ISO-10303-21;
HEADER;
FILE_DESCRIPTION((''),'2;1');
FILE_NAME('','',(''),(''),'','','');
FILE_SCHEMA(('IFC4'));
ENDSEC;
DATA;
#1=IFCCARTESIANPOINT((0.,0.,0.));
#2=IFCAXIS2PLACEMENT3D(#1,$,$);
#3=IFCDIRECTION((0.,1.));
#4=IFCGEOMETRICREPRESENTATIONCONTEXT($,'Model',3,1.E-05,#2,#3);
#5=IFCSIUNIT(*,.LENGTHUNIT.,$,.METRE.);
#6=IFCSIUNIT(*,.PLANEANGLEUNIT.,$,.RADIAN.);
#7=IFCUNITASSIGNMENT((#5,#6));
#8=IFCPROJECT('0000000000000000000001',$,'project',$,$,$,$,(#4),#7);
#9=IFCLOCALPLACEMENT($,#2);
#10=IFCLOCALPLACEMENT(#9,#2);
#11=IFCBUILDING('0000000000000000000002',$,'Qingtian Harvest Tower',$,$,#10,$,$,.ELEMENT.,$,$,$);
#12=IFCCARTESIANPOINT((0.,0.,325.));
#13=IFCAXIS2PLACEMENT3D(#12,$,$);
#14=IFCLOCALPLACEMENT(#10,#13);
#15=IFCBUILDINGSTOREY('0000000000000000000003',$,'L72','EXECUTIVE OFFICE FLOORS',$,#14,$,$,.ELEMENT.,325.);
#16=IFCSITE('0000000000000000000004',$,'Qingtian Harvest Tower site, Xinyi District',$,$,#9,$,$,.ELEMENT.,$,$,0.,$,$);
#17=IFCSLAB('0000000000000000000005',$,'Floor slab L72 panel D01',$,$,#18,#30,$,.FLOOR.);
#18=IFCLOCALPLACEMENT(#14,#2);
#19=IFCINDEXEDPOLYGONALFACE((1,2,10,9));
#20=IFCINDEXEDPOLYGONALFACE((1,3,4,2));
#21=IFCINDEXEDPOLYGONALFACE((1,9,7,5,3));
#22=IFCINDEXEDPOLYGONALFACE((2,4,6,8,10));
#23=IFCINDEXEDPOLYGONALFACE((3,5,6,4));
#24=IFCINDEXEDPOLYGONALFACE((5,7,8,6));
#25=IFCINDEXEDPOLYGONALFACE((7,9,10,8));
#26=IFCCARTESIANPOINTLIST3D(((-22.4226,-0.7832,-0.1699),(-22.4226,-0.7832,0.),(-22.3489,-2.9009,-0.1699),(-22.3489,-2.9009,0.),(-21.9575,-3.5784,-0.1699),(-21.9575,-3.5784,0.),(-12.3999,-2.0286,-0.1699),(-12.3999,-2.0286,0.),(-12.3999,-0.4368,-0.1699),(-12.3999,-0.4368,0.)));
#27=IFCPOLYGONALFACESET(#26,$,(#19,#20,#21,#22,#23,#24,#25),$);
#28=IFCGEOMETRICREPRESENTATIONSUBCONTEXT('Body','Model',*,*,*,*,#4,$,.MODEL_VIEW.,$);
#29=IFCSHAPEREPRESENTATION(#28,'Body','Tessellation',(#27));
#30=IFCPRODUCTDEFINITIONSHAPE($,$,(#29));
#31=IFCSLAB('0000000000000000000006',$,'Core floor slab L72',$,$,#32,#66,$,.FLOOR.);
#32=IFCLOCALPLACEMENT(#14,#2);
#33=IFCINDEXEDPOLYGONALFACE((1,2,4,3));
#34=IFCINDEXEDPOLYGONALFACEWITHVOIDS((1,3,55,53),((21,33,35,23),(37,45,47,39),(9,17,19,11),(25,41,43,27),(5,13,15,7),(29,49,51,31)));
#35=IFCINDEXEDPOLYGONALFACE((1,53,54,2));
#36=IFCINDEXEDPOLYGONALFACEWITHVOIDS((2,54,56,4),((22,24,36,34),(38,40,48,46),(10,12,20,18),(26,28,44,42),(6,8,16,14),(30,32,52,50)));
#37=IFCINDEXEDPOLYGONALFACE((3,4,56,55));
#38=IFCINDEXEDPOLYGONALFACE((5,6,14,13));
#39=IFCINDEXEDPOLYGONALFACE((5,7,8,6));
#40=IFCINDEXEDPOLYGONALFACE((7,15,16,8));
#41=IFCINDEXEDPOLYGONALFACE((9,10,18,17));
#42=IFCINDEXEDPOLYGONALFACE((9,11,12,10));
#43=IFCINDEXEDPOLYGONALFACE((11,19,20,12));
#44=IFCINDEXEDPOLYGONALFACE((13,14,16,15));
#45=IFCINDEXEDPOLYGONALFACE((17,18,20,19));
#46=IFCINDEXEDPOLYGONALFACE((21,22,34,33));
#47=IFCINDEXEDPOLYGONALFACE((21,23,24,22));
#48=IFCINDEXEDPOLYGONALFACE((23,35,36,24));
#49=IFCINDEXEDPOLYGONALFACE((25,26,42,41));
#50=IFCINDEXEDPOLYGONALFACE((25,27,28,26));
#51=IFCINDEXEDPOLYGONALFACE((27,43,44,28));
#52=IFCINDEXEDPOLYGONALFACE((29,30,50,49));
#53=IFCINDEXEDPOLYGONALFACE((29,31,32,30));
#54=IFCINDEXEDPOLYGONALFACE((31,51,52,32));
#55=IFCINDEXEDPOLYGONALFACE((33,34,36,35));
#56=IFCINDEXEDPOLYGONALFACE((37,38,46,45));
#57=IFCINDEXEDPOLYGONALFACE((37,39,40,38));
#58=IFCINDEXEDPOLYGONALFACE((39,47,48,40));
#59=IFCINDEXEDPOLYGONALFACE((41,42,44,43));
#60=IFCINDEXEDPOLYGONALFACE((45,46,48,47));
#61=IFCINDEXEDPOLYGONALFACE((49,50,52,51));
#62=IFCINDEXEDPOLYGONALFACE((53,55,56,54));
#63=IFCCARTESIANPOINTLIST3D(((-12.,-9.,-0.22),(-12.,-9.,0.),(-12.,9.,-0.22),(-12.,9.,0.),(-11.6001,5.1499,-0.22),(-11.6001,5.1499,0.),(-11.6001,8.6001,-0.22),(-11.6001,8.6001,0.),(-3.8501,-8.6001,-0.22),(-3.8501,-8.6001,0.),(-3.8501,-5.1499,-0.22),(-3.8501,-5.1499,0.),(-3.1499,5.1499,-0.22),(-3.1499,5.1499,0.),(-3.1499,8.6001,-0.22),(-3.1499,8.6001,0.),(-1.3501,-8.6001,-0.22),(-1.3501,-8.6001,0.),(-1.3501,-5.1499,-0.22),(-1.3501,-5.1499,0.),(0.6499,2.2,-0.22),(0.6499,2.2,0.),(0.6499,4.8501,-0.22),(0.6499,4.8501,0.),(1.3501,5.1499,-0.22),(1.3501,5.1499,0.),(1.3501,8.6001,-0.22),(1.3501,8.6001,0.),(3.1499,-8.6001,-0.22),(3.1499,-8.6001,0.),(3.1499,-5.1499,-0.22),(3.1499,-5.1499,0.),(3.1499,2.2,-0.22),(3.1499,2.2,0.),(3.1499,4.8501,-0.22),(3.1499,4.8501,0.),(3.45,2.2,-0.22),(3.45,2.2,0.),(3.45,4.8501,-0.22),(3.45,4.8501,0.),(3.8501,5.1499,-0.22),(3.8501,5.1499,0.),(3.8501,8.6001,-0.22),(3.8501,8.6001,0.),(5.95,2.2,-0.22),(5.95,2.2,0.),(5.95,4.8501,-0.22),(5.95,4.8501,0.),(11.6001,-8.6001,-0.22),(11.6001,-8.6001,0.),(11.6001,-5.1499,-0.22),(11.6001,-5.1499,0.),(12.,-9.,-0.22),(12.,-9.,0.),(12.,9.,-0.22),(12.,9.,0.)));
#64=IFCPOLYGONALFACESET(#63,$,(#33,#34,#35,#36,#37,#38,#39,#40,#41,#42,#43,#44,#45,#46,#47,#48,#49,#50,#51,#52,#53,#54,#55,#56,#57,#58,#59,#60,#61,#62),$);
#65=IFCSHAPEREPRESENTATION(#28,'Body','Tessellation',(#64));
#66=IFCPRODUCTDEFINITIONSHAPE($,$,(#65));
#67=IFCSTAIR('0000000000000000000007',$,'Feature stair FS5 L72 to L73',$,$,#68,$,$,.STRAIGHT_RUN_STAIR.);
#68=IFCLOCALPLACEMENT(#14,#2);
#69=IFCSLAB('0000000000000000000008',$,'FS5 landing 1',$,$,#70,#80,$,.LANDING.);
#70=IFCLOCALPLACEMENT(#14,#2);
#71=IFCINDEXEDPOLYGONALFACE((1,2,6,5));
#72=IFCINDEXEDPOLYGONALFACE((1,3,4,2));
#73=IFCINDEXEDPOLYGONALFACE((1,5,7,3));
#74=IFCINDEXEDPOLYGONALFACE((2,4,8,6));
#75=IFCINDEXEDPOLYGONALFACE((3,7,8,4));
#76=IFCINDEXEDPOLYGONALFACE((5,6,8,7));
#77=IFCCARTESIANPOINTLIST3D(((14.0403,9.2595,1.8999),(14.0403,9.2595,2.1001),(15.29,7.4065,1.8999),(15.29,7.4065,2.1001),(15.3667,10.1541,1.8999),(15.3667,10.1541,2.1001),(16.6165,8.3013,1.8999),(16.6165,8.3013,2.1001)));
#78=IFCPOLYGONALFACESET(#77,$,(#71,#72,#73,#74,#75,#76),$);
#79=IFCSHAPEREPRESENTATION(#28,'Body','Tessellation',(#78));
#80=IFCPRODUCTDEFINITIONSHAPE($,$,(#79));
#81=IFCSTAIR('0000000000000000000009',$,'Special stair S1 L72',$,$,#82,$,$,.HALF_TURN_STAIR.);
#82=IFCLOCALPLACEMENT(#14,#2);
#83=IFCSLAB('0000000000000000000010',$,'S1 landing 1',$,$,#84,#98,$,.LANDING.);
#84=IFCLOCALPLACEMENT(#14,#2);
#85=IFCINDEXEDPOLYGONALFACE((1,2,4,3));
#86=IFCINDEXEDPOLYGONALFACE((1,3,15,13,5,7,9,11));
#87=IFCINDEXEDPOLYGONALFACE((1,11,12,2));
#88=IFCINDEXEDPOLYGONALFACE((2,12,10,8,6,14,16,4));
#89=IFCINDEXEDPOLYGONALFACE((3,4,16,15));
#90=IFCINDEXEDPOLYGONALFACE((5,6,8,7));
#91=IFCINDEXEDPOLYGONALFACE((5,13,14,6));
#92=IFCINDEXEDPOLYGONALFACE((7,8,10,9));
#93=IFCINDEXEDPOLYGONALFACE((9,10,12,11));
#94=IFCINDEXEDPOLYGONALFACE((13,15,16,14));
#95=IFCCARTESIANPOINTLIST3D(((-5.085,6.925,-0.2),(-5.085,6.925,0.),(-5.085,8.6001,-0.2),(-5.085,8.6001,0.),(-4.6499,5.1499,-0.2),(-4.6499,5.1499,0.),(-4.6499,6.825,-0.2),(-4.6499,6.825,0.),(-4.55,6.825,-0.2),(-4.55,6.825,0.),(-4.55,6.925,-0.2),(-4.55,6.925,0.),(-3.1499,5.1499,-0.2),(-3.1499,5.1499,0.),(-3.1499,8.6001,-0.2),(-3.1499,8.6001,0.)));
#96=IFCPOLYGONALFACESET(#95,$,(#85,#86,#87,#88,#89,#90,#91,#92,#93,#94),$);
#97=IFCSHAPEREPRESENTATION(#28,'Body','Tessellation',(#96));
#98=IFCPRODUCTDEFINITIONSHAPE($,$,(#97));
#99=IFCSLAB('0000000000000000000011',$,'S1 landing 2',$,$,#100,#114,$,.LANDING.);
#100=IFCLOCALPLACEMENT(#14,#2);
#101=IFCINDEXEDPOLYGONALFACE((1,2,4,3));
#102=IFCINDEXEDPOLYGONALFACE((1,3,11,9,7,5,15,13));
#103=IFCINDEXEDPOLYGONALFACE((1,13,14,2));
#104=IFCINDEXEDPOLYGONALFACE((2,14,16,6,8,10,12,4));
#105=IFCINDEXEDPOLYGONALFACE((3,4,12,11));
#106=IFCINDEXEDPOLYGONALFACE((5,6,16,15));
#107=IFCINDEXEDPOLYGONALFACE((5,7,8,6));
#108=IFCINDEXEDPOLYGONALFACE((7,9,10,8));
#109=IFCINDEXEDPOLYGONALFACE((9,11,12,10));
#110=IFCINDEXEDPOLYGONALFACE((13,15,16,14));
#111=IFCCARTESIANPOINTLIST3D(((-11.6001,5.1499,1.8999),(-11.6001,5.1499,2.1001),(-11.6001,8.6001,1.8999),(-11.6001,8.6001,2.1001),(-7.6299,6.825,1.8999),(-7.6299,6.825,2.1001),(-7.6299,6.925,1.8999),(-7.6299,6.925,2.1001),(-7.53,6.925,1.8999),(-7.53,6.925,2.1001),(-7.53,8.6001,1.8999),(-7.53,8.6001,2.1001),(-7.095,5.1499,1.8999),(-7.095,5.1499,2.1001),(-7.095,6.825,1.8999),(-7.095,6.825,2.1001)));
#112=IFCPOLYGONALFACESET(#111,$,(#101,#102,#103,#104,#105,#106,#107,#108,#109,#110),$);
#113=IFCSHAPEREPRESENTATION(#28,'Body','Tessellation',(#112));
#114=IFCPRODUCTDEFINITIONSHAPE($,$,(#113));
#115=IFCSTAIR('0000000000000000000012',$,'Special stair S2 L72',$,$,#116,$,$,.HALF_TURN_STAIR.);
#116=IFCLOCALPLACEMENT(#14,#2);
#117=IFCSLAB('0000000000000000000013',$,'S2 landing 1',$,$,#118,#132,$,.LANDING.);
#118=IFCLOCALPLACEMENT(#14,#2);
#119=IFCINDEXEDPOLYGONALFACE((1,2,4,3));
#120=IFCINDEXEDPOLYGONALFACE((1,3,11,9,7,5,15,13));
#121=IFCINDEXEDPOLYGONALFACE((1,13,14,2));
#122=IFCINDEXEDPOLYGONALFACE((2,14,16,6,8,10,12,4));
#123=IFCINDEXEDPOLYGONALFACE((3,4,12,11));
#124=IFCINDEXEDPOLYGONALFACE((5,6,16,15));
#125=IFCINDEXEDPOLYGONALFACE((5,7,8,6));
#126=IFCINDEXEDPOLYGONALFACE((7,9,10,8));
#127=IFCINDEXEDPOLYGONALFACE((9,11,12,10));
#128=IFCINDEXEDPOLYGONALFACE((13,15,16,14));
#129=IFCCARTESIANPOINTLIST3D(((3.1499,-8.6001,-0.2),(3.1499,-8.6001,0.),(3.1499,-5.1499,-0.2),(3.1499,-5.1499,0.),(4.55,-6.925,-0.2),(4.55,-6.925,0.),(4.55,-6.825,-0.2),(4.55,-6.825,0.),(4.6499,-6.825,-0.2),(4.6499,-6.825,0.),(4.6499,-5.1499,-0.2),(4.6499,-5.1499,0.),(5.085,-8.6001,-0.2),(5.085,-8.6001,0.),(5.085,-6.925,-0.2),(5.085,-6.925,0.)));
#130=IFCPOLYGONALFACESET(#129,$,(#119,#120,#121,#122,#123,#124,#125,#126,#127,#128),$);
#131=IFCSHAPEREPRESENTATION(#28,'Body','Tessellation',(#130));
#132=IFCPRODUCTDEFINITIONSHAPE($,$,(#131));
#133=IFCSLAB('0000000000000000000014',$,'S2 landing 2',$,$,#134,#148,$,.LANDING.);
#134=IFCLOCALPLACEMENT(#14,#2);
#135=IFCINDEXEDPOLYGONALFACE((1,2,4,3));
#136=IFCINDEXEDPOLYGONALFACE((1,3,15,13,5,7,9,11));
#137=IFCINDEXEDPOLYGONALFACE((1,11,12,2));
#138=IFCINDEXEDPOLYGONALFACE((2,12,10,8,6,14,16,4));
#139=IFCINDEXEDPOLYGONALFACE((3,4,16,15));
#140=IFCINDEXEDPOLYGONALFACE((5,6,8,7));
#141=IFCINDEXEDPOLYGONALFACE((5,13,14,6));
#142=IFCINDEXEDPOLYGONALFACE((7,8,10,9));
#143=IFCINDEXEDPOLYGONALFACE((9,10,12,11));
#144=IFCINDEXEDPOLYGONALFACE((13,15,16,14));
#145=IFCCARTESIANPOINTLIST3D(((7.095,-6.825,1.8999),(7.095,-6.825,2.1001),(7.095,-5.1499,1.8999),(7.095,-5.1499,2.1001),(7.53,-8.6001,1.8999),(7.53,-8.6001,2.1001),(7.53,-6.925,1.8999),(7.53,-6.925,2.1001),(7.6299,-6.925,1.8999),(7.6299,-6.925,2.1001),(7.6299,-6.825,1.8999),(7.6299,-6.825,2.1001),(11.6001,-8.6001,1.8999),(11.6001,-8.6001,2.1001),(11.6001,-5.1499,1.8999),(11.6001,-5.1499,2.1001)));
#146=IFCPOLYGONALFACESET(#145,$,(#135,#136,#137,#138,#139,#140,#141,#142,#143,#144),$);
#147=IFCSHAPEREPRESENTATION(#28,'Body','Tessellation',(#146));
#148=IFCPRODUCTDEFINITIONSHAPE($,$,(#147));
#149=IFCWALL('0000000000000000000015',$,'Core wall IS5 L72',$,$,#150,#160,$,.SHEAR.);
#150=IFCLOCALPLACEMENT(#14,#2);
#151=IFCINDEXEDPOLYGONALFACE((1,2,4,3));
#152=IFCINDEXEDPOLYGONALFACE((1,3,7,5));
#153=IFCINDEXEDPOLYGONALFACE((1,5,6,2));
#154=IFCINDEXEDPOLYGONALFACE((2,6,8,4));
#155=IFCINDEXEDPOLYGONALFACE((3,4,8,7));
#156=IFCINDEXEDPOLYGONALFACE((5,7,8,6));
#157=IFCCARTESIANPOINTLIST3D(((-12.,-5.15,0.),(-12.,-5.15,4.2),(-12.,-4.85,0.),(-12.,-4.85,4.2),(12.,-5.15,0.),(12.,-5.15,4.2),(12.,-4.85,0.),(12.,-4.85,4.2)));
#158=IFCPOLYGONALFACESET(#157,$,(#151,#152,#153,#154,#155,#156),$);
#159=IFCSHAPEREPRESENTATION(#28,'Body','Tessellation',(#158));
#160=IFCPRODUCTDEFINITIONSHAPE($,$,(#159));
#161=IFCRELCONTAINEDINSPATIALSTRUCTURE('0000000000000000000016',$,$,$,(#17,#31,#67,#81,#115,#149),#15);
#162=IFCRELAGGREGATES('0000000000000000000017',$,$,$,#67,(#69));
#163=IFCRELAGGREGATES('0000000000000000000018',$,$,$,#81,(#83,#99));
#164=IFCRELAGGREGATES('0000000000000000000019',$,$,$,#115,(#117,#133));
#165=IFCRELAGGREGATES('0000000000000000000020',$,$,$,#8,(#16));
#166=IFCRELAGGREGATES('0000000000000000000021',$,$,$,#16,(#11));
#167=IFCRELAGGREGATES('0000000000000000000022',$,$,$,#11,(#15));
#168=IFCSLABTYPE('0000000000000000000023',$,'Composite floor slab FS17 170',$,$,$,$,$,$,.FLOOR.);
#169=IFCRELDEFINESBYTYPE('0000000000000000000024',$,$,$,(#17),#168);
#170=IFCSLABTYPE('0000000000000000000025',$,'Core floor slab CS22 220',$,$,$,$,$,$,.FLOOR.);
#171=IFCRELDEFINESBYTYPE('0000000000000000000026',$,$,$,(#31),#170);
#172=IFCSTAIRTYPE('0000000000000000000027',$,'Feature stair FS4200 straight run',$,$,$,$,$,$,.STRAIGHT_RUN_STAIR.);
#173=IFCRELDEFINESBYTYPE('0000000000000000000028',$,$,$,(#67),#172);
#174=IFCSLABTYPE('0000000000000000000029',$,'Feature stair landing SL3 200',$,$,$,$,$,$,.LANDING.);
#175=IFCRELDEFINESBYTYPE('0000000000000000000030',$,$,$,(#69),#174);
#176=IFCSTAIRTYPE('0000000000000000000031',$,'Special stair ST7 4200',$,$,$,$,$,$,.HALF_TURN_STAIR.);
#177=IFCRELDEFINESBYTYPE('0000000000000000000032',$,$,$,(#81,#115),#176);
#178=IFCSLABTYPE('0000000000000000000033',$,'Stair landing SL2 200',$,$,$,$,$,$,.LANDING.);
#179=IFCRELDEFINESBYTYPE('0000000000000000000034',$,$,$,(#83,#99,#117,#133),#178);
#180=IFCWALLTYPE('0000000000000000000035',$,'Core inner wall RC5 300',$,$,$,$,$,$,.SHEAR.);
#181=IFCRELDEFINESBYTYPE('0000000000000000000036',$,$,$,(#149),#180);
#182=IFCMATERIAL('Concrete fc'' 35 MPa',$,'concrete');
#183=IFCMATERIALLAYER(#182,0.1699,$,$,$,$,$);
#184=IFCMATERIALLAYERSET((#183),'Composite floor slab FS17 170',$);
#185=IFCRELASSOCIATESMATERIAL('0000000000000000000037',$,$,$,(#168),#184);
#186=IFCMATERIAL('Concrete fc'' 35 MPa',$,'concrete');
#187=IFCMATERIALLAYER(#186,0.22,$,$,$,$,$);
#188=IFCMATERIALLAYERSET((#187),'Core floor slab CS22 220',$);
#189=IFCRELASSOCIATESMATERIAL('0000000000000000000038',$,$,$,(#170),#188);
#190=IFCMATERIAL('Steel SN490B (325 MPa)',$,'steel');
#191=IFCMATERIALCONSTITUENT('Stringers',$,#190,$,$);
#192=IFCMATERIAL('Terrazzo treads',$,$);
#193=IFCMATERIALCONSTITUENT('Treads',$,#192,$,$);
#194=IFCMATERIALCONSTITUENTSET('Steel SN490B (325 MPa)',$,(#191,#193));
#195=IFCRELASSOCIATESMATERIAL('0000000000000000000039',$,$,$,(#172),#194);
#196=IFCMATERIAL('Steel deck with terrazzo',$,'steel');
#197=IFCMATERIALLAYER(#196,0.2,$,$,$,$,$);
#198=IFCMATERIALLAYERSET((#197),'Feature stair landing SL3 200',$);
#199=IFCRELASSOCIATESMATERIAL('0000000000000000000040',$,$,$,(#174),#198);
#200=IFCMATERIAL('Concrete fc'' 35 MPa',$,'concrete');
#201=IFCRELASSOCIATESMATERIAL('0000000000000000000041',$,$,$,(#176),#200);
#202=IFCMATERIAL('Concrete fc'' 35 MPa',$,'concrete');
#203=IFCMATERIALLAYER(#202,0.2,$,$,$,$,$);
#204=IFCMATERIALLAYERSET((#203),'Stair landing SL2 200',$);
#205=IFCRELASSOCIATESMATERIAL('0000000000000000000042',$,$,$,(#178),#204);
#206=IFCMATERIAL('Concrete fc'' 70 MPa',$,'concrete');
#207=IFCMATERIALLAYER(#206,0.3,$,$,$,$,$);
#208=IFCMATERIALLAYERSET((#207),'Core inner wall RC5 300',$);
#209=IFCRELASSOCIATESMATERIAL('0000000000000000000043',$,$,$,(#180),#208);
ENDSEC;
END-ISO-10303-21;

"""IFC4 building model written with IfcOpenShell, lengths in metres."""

from ifc_helpers import new_model, si_unit, direction, frame, frame_2d, origin, place, context, subcontext, project, spatial, polyline, rectangle, outline, extrude, material, layer, layer_set, constituent, constituent_set, type_object, element, aggregate, save


model = new_model("IFC4")

# Units and contexts
model_context = context("Model", 3, precision=1e-05, world=origin(), true_north=direction((0.0, 1.0)))
body_context = subcontext(model_context, "Body", "Model", "MODEL_VIEW")
ifc_project = project(units=[si_unit("LENGTHUNIT", "METRE"), si_unit("PLANEANGLEUNIT", "RADIAN")], contexts=[model_context])

# Site, building, storey
site_placement = place(None, origin())
site = spatial("IfcSite", under=ifc_project, at=site_placement, Name="Qingtian Harvest Tower site, Xinyi District", CompositionType="ELEMENT", RefElevation=0.0)
building_placement = place(site_placement, origin())
building = spatial("IfcBuilding", under=site, at=building_placement, Name="Qingtian Harvest Tower", CompositionType="ELEMENT")
storey_placement = place(building_placement, frame((0.0, 0.0, 325.0)))
storey = spatial("IfcBuildingStorey", under=building, at=storey_placement, Name="L72", Description="EXECUTIVE OFFICE FLOORS", CompositionType="ELEMENT", Elevation=325.0)

# Slabs
ifc_material_1 = material(Name="Concrete fc' 35 MPa", Category="concrete")
ifc_layer_1 = layer(ifc_material_1, 0.1699)
ifc_layer_set_1 = layer_set([ifc_layer_1], Name="Composite floor slab FS17 170")
slab_type_1 = type_object("IfcSlabType", Name="Composite floor slab FS17 170", PredefinedType="FLOOR", material=ifc_layer_set_1)
slab_1_placement = place(storey_placement, frame((0.0, 0.0, -0.1699)))
element("IfcSlab", 1, at=slab_1_placement, inside=storey, type_object=slab_type_1, Name="Floor slab L72 panel D01", PredefinedType="FLOOR", context=body_context, shape_type="SweptSolid", body=[
    extrude(outline(polyline([(-22.4226, -0.7832), (-12.3999, -0.4368), (-12.3999, -2.0286), (-21.9575, -3.5784), (-22.3489, -2.9009), (-22.4226, -0.7832)])), origin(), (0.0, 0.0, 1.0), 0.1699),
])
ifc_material_2 = material(Name="Concrete fc' 35 MPa", Category="concrete")
ifc_layer_2 = layer(ifc_material_2, 0.22)
ifc_layer_set_2 = layer_set([ifc_layer_2], Name="Core floor slab CS22 220")
slab_type_2 = type_object("IfcSlabType", Name="Core floor slab CS22 220", PredefinedType="FLOOR", material=ifc_layer_set_2)
slab_2_placement = place(storey_placement, frame((0.0, 0.0, -0.22)))
element("IfcSlab", 2, at=slab_2_placement, inside=storey, type_object=slab_type_2, Name="Core floor slab L72", PredefinedType="FLOOR", context=body_context, shape_type="SweptSolid", body=[
    extrude(outline(polyline([(-12.0, -9.0), (12.0, -9.0), (12.0, 9.0), (-12.0, 9.0), (-12.0, -9.0)]), holes=[polyline([(-11.6001, 5.1499), (-3.1499, 5.1499), (-3.1499, 8.6001), (-11.6001, 8.6001), (-11.6001, 5.1499)]), polyline([(3.1499, -8.6001), (11.6001, -8.6001), (11.6001, -5.1499), (3.1499, -5.1499), (3.1499, -8.6001)]), polyline([(1.3501, 5.1499), (3.8501, 5.1499), (3.8501, 8.6001), (1.3501, 8.6001), (1.3501, 5.1499)]), polyline([(-3.8501, -8.6001), (-1.3501, -8.6001), (-1.3501, -5.1499), (-3.8501, -5.1499), (-3.8501, -8.6001)]), polyline([(0.6499, 2.2), (3.1499, 2.2), (3.1499, 4.8501), (0.6499, 4.8501), (0.6499, 2.2)]), polyline([(3.45, 2.2), (5.95, 2.2), (5.95, 4.8501), (3.45, 4.8501), (3.45, 2.2)])]), origin(), (0.0, 0.0, 1.0), 0.22),
])

# Stair, slab
ifc_material_3 = material(Name="Steel SN490B (325 MPa)", Category="steel")
ifc_constituent_1 = constituent(ifc_material_3, Name="Stringers")
ifc_material_4 = material(Name="Terrazzo treads")
ifc_constituent_2 = constituent(ifc_material_4, Name="Treads")
ifc_constituent_set = constituent_set(constituents=[ifc_constituent_1, ifc_constituent_2], Name="Steel SN490B (325 MPa)")
stair_type_1 = type_object("IfcStairType", Name="Feature stair FS4200 straight run", PredefinedType="STRAIGHT_RUN_STAIR", material=ifc_constituent_set)
stair_1_placement = place(storey_placement, origin())
stair_1 = element("IfcStair", 3, at=stair_1_placement, inside=storey, type_object=stair_type_1, Name="Feature stair FS5 L72 to L73", PredefinedType="STRAIGHT_RUN_STAIR")
ifc_material_5 = material(Name="Steel deck with terrazzo", Category="steel")
ifc_layer_3 = layer(ifc_material_5, 0.2)
ifc_layer_set_3 = layer_set([ifc_layer_3], Name="Feature stair landing SL3 200")
slab_type_3 = type_object("IfcSlabType", Name="Feature stair landing SL3 200", PredefinedType="LANDING", material=ifc_layer_set_3)
slab_3_placement = place(storey_placement, frame((0.0, 0.0, 1.8999)))
slab_3 = element("IfcSlab", 4, at=slab_3_placement, type_object=slab_type_3, Name="FS5 landing 1", PredefinedType="LANDING", context=body_context, shape_type="SweptSolid", body=[
    extrude(outline(polyline([(14.0403, 9.2595), (15.3667, 10.1541), (16.6165, 8.3013), (15.29, 7.4065), (14.0403, 9.2595)])), origin(), (0.0, 0.0, 1.0), 0.2002),
])
aggregate(stair_1, [slab_3])

# Stairs, slabs
ifc_material_6 = material(Name="Concrete fc' 35 MPa", Category="concrete")
stair_type_2 = type_object("IfcStairType", Name="Special stair ST7 4200", PredefinedType="HALF_TURN_STAIR", material=ifc_material_6)
stair_2_placement = place(storey_placement, origin())
stair_2 = element("IfcStair", 5, at=stair_2_placement, inside=storey, type_object=stair_type_2, Name="Special stair S1 L72", PredefinedType="HALF_TURN_STAIR")
ifc_material_7 = material(Name="Concrete fc' 35 MPa", Category="concrete")
ifc_layer_4 = layer(ifc_material_7, 0.2)
ifc_layer_set_4 = layer_set([ifc_layer_4], Name="Stair landing SL2 200")
slab_type_4 = type_object("IfcSlabType", Name="Stair landing SL2 200", PredefinedType="LANDING", material=ifc_layer_set_4)
slab_4_placement = place(storey_placement, frame((0.0, 0.0, -0.2)))
slab_4 = element("IfcSlab", 6, at=slab_4_placement, type_object=slab_type_4, Name="S1 landing 1", PredefinedType="LANDING", context=body_context, shape_type="SweptSolid", body=[
    extrude(outline(polyline([(-4.6499, 5.1499), (-4.6499, 6.825), (-4.55, 6.825), (-4.55, 6.925), (-5.085, 6.925), (-5.085, 8.6001), (-3.1499, 8.6001), (-3.1499, 5.1499), (-4.6499, 5.1499)])), origin(), (0.0, 0.0, 1.0), 0.2),
])
slab_5_placement = place(storey_placement, frame((0.0, 0.0, 1.8999)))
slab_5 = element("IfcSlab", 7, at=slab_5_placement, type_object=slab_type_4, Name="S1 landing 2", PredefinedType="LANDING", context=body_context, shape_type="SweptSolid", body=[
    extrude(outline(polyline([(-7.095, 5.1499), (-11.6001, 5.1499), (-11.6001, 8.6001), (-7.53, 8.6001), (-7.53, 6.925), (-7.6299, 6.925), (-7.6299, 6.825), (-7.095, 6.825), (-7.095, 5.1499)])), origin(), (0.0, 0.0, 1.0), 0.2002),
])
aggregate(stair_2, [slab_4, slab_5])
stair_3_placement = place(storey_placement, origin())
stair_3 = element("IfcStair", 8, at=stair_3_placement, inside=storey, type_object=stair_type_2, Name="Special stair S2 L72", PredefinedType="HALF_TURN_STAIR")
slab_6_placement = place(storey_placement, frame((0.0, 0.0, -0.2)))
slab_6 = element("IfcSlab", 9, at=slab_6_placement, type_object=slab_type_4, Name="S2 landing 1", PredefinedType="LANDING", context=body_context, shape_type="SweptSolid", body=[
    extrude(outline(polyline([(5.085, -8.6001), (3.1499, -8.6001), (3.1499, -5.1499), (4.6499, -5.1499), (4.6499, -6.825), (4.55, -6.825), (4.55, -6.925), (5.085, -6.925), (5.085, -8.6001)])), origin(), (0.0, 0.0, 1.0), 0.2),
])
slab_7_placement = place(storey_placement, frame((0.0, 0.0, 1.8999)))
slab_7 = element("IfcSlab", 10, at=slab_7_placement, type_object=slab_type_4, Name="S2 landing 2", PredefinedType="LANDING", context=body_context, shape_type="SweptSolid", body=[
    extrude(outline(polyline([(7.53, -8.6001), (7.53, -6.925), (7.6299, -6.925), (7.6299, -6.825), (7.095, -6.825), (7.095, -5.1499), (11.6001, -5.1499), (11.6001, -8.6001), (7.53, -8.6001)])), origin(), (0.0, 0.0, 1.0), 0.2002),
])
aggregate(stair_3, [slab_6, slab_7])

# Wall
ifc_material_8 = material(Name="Concrete fc' 70 MPa", Category="concrete")
ifc_layer_5 = layer(ifc_material_8, 0.3)
ifc_layer_set_5 = layer_set([ifc_layer_5], Name="Core inner wall RC5 300")
wall_type_1 = type_object("IfcWallType", Name="Core inner wall RC5 300", PredefinedType="SHEAR", material=ifc_layer_set_5)
wall_1_placement = place(storey_placement, frame((-12.0, -5.0, 0.0), z_axis=(0.0, 0.0, 1.0), x_axis=(1.0, 0.0, 0.0)))
element("IfcWall", 11, at=wall_1_placement, inside=storey, type_object=wall_type_1, Name="Core wall IS5 L72", PredefinedType="SHEAR", context=body_context, shape_type="SweptSolid", body=[
    extrude(rectangle(XDim=24.0, YDim=0.3, at=frame_2d((12.0, 0.0))), origin(), (0.0, 0.0, 1.0), 4.2),
])

save(model, "model.ifc")
